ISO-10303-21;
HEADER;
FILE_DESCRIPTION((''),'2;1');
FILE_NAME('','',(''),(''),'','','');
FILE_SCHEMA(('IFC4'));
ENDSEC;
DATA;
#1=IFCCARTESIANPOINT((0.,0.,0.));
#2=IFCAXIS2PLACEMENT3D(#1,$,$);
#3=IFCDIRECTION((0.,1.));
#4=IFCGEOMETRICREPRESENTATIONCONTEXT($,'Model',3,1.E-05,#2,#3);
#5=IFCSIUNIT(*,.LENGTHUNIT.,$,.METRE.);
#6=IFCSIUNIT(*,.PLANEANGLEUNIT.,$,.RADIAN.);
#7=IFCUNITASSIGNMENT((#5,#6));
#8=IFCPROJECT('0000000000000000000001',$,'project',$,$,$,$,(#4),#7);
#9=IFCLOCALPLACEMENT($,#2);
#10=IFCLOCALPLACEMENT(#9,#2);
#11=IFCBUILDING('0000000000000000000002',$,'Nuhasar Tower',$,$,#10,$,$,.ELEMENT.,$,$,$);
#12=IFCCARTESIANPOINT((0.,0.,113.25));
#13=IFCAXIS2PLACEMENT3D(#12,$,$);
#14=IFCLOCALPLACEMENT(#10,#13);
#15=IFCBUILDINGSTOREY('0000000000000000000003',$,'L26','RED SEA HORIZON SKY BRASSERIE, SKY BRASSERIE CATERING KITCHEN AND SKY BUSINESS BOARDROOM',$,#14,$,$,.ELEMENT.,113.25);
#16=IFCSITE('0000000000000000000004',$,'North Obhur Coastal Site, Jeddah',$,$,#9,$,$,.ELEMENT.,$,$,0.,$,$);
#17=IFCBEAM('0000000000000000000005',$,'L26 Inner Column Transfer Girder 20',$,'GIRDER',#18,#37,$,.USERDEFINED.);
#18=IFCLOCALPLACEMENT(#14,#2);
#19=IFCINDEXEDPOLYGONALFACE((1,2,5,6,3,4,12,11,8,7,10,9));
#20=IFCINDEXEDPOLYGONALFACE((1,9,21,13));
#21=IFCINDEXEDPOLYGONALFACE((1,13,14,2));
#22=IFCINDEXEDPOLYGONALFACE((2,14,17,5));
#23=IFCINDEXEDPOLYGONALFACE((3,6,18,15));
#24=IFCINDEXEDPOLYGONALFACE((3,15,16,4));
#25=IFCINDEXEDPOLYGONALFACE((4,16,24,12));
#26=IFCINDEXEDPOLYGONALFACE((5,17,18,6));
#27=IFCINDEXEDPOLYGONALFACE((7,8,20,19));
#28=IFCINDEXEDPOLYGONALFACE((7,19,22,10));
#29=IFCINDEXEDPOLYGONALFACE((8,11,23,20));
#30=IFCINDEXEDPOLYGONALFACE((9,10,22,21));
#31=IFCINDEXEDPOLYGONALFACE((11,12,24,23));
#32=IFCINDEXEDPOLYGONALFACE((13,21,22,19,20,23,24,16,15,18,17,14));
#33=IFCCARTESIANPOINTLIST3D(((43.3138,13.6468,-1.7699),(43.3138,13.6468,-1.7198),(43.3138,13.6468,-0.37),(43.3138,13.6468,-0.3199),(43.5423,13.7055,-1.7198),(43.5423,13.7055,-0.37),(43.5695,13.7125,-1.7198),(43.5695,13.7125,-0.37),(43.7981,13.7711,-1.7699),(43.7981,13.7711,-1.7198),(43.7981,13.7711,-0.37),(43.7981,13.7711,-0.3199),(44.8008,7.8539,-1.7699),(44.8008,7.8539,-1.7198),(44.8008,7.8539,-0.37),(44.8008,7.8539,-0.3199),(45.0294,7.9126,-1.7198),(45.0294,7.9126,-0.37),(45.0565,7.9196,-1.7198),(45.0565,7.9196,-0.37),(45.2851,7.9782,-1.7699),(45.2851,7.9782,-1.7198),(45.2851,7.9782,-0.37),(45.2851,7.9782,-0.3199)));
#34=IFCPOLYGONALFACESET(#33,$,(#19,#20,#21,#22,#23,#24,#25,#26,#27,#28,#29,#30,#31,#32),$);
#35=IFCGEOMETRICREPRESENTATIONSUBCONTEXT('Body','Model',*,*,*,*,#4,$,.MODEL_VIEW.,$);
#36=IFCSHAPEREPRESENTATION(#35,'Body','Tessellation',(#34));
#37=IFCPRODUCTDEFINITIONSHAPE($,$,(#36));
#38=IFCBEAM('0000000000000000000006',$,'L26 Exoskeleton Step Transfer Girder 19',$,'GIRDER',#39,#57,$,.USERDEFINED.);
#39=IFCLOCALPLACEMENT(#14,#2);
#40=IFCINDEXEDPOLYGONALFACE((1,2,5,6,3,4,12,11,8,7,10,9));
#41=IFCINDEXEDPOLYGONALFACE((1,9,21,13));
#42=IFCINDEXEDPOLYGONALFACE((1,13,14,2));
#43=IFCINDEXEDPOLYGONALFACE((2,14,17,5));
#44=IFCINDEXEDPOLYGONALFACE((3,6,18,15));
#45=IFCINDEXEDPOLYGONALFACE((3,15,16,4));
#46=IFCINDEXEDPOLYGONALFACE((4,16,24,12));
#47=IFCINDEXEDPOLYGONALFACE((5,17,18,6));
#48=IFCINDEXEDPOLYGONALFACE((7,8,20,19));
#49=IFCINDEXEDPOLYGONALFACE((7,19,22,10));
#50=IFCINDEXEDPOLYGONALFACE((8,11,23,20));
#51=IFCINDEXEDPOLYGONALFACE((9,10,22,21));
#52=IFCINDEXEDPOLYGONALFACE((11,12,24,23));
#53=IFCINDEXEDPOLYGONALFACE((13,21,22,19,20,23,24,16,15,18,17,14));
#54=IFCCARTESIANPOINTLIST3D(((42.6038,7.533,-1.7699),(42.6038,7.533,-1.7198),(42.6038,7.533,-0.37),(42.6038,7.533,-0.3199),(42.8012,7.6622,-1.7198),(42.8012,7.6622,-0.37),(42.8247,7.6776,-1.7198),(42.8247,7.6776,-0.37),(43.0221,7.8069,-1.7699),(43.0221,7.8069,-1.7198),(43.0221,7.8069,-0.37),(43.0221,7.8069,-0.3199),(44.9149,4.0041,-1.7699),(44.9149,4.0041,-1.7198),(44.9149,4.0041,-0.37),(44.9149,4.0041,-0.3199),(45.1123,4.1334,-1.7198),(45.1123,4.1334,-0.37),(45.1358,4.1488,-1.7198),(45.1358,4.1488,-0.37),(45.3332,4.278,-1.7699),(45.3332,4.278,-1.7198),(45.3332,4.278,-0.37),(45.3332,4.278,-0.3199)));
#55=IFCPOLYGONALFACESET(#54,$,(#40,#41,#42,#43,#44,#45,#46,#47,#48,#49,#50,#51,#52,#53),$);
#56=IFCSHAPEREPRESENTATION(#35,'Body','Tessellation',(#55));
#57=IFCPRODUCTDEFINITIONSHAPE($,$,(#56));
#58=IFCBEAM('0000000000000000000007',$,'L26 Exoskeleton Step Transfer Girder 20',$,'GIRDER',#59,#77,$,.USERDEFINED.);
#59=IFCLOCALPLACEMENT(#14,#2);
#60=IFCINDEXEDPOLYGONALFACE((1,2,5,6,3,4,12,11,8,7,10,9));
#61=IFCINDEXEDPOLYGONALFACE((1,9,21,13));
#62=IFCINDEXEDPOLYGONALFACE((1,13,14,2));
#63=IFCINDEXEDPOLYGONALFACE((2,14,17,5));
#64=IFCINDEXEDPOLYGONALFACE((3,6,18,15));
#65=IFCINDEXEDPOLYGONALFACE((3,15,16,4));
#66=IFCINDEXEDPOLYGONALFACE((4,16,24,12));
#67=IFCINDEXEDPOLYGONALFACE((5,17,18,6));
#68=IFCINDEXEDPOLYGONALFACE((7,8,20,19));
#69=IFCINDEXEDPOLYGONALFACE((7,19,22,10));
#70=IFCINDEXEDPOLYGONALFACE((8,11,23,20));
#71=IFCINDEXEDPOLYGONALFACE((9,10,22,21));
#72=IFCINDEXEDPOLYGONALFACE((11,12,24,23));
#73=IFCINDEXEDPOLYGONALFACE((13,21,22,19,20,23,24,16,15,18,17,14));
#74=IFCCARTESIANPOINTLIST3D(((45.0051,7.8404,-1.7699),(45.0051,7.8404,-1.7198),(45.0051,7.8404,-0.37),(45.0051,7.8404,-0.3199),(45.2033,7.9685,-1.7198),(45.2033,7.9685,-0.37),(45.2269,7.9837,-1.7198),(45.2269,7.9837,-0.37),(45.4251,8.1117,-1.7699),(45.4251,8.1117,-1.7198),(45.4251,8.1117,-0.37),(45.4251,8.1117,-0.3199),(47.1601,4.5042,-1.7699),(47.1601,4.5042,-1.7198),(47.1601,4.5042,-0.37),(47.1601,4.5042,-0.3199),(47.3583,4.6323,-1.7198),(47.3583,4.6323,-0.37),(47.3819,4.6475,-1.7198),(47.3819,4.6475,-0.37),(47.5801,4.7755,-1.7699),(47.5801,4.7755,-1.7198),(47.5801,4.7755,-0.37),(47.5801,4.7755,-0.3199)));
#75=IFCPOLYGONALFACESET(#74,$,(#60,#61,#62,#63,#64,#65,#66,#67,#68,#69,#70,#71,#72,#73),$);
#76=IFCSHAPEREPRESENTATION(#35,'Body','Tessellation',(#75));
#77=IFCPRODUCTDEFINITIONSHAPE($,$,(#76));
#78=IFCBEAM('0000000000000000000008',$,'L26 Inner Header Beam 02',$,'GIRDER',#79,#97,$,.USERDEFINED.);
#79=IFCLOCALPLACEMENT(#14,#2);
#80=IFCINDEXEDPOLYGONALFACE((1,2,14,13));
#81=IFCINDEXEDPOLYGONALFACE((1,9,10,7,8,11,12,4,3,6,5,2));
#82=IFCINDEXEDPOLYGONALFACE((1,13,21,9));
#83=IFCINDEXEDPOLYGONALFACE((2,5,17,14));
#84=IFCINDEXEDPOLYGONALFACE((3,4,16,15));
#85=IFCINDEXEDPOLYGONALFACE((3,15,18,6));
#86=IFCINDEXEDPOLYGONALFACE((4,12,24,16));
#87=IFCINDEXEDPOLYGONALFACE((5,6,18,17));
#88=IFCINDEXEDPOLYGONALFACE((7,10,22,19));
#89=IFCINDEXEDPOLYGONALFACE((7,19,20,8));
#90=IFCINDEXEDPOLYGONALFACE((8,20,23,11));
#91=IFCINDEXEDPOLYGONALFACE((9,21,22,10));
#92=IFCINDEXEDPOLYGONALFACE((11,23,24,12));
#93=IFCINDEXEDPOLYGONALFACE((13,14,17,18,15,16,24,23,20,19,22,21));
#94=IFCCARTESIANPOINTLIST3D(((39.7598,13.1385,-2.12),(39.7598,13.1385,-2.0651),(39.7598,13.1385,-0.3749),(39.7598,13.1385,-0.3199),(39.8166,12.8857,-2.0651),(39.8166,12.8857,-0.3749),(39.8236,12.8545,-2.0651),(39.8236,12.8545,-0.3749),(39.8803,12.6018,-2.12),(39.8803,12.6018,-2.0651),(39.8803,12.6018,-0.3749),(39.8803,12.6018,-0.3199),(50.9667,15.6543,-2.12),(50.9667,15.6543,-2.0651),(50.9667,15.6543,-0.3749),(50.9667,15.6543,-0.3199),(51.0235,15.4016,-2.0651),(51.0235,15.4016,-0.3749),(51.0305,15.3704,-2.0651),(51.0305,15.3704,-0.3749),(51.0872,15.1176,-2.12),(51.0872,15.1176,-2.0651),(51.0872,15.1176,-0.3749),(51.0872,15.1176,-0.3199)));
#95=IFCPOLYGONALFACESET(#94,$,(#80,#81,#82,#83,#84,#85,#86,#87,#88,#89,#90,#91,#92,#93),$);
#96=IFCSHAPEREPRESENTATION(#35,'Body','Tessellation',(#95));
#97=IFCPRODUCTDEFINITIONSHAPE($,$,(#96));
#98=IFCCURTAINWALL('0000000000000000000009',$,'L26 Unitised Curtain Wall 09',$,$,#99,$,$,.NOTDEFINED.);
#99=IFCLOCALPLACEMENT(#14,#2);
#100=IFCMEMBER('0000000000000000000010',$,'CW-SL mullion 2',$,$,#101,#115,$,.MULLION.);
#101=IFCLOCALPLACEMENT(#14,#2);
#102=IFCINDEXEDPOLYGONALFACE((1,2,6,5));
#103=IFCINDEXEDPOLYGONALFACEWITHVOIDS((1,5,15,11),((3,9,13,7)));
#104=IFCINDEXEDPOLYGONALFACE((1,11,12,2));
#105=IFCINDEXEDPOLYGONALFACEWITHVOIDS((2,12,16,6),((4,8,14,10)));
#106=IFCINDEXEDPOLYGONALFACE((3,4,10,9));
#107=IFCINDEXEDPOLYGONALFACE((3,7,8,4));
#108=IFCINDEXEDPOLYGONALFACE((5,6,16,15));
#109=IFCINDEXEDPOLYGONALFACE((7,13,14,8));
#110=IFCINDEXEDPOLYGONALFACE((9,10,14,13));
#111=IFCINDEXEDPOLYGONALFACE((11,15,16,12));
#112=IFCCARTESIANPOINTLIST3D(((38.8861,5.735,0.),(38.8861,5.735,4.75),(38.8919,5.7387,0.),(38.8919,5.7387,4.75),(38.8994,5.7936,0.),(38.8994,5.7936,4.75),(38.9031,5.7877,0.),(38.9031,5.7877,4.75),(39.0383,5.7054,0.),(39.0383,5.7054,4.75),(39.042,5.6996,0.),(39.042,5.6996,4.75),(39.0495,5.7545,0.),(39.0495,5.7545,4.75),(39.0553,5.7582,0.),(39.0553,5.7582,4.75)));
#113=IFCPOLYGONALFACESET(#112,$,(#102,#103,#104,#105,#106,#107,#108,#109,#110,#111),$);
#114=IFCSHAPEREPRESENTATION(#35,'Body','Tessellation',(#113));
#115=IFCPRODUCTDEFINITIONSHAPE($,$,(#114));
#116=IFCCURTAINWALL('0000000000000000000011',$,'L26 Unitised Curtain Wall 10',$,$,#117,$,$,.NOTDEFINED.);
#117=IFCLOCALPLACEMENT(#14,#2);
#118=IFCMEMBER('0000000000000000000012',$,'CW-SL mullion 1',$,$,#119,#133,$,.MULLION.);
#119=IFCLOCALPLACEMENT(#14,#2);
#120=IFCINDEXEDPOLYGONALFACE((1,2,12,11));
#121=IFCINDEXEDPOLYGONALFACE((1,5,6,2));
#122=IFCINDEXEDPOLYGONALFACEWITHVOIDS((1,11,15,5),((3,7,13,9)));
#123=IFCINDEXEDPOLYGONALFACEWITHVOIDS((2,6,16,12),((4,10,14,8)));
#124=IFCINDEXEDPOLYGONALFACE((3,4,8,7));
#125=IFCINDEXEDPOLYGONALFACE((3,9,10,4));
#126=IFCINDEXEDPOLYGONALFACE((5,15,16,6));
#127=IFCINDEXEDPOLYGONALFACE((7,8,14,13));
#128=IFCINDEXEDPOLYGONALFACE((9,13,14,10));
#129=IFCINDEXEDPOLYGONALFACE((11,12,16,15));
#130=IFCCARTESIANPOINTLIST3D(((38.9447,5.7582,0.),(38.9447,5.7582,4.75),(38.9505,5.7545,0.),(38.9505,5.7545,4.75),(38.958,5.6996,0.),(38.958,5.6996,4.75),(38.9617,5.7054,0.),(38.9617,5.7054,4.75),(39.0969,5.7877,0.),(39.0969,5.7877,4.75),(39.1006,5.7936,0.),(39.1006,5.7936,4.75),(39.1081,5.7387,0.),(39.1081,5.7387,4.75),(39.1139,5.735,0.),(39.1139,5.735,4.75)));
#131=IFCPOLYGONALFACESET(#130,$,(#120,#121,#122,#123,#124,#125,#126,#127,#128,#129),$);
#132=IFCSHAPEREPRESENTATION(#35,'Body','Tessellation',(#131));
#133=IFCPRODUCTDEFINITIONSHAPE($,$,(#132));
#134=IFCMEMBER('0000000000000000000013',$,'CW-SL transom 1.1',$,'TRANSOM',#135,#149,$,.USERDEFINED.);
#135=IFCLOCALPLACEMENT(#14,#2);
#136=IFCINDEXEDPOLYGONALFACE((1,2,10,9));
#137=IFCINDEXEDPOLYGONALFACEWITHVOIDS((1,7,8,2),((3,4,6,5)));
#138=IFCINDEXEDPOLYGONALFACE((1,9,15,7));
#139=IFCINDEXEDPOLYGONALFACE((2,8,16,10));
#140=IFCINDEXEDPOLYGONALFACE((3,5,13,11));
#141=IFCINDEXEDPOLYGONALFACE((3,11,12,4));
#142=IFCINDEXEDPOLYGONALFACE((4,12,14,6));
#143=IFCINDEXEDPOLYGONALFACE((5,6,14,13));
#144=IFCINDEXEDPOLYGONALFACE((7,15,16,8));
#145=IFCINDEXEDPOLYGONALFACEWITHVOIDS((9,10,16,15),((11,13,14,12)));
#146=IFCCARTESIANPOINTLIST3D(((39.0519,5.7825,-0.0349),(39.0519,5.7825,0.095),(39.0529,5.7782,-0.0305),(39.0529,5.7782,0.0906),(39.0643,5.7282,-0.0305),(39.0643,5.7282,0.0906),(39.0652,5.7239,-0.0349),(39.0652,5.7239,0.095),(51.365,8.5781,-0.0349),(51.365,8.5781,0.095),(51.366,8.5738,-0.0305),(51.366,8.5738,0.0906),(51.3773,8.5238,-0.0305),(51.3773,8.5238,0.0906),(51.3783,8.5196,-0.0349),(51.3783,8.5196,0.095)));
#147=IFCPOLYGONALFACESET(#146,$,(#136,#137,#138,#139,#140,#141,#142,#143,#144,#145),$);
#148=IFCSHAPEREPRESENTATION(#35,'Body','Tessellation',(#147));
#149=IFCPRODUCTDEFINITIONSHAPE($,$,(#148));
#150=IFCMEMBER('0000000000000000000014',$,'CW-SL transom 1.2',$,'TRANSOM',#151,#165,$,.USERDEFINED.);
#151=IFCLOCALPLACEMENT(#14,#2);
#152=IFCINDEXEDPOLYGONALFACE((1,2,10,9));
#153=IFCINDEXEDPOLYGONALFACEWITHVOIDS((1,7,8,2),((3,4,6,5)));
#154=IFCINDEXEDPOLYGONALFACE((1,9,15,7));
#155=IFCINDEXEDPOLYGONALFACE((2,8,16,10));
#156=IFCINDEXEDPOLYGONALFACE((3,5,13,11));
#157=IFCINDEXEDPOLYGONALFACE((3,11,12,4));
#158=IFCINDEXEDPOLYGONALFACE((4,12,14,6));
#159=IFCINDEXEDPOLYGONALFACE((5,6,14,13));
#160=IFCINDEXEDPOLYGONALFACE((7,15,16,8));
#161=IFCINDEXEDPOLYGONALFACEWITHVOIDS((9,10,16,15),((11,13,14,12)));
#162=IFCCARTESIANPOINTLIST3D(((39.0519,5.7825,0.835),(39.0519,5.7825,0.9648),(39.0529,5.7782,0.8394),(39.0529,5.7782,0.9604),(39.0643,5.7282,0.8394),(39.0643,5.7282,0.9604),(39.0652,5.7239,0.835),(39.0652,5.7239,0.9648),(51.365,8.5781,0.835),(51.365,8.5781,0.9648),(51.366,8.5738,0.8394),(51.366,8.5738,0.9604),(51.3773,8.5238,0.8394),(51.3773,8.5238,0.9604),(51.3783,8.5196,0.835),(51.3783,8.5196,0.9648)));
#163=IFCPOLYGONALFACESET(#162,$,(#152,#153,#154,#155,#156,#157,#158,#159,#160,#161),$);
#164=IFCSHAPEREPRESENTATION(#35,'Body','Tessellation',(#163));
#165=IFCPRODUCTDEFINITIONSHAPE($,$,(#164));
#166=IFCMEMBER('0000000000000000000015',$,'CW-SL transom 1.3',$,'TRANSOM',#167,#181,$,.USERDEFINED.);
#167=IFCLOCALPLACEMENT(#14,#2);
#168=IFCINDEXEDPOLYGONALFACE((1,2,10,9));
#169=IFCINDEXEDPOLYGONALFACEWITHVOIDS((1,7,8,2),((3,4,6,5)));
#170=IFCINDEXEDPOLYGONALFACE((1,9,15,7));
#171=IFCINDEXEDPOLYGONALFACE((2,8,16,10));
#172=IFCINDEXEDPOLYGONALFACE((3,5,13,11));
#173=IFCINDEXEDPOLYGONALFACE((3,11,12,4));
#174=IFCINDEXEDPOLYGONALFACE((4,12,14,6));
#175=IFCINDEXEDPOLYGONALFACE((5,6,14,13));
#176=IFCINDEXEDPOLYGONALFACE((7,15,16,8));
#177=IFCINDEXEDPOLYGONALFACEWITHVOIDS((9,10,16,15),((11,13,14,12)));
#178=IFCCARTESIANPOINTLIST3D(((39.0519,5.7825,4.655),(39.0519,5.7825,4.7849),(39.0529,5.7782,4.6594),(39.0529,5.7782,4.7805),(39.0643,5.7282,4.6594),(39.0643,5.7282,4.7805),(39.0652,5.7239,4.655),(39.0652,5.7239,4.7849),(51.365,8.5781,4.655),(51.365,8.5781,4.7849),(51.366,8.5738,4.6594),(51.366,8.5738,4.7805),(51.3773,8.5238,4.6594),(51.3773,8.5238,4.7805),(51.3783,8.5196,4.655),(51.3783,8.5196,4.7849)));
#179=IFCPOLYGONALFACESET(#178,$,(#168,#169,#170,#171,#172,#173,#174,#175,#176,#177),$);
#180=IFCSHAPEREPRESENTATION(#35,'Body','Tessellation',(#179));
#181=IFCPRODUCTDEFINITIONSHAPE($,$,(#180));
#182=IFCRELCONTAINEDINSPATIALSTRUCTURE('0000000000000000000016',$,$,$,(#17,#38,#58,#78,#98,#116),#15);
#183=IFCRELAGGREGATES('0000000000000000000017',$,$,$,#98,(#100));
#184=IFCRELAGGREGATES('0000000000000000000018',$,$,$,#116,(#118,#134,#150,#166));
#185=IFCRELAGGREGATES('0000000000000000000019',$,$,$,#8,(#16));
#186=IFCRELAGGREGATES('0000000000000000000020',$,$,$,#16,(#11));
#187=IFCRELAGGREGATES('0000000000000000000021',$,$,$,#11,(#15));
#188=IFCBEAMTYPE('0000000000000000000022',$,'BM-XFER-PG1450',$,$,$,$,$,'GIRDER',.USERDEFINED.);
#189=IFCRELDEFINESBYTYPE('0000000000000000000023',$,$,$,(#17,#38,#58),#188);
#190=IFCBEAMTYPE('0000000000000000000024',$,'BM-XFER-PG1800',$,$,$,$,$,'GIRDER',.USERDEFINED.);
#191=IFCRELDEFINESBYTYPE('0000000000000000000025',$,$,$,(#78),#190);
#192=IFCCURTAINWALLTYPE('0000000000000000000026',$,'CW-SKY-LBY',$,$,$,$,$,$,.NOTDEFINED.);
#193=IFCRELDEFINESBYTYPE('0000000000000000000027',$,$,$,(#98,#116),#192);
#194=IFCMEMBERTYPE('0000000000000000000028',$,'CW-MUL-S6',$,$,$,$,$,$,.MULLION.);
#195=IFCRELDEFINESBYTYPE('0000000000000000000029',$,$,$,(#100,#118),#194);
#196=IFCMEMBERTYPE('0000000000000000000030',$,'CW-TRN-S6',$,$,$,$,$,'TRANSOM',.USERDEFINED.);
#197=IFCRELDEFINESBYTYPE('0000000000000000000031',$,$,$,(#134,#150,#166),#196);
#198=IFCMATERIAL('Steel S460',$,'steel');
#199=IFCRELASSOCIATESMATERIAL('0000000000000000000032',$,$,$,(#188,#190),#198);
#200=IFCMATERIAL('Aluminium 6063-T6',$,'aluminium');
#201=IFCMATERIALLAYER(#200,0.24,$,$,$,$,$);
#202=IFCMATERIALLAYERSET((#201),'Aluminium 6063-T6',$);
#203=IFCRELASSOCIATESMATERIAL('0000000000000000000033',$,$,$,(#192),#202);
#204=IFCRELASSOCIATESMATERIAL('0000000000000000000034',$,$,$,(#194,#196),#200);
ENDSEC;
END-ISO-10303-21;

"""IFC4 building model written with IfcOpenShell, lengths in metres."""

from ifc_helpers import new_model, si_unit, direction, frame, origin, origin_2d, place, context, subcontext, project, spatial, hollow_rectangle, i_section, extrude, material, layer, layer_set, material_profile, profile_set, type_object, element, aggregate, save


model = new_model("IFC4")

# Units and contexts
model_context = context("Model", 3, precision=1e-05, world=origin(), true_north=direction((0.0, 1.0)))
body_context = subcontext(model_context, "Body", "Model", "MODEL_VIEW")
ifc_project = project(units=[si_unit("LENGTHUNIT", "METRE"), si_unit("PLANEANGLEUNIT", "RADIAN")], contexts=[model_context])

# Site, building, storey
site_placement = place(None, origin())
site = spatial("IfcSite", under=ifc_project, at=site_placement, Name="North Obhur Coastal Site, Jeddah", CompositionType="ELEMENT", RefElevation=0.0)
building_placement = place(site_placement, origin())
building = spatial("IfcBuilding", under=site, at=building_placement, Name="Nuhasar Tower", CompositionType="ELEMENT")
storey_placement = place(building_placement, frame((0.0, 0.0, 113.25)))
storey = spatial("IfcBuildingStorey", under=building, at=storey_placement, Name="L26", Description="RED SEA HORIZON SKY BRASSERIE, SKY BRASSERIE CATERING KITCHEN AND SKY BUSINESS BOARDROOM", CompositionType="ELEMENT", Elevation=113.25)

# Beams
ifc_material_1 = material(Name="Steel S460", Category="steel")
ifc_material_profile_1 = material_profile(ifc_material_1, i_section(OverallWidth=0.5, OverallDepth=1.45, WebThickness=0.0281, FlangeThickness=0.05, at=origin_2d()), Name="PG1450X500")
ifc_profile_set_1 = profile_set([ifc_material_profile_1], Name="Steel S460")
beam_type_1 = type_object("IfcBeamType", Name="BM-XFER-PG1450", ElementType="GIRDER", PredefinedType="USERDEFINED", material=ifc_profile_set_1)
beam_1_placement = place(storey_placement, frame((43.5559, 13.709, -1.0449), z_axis=(0.24864, -0.968596, 0.0), x_axis=(0.968596, 0.24864, 0.0)))
element("IfcBeam", 1, at=beam_1_placement, inside=storey, type_object=beam_type_1, Name="L26 Inner Column Transfer Girder 20", ObjectType="GIRDER", PredefinedType="USERDEFINED", context=body_context, shape_type="SweptSolid", body=[
    extrude(i_section(OverallWidth=0.5, OverallDepth=1.45, WebThickness=0.0281, FlangeThickness=0.05, at=origin_2d()), origin(), (0.0, 0.0, 1.0), 5.9807),
])
beam_2_placement = place(storey_placement, frame((42.813, 7.6699, -1.0449), z_axis=(0.54787, -0.836564, 0.0), x_axis=(0.836564, 0.54787, 0.0)))
element("IfcBeam", 2, at=beam_2_placement, inside=storey, type_object=beam_type_1, Name="L26 Exoskeleton Step Transfer Girder 19", ObjectType="GIRDER", PredefinedType="USERDEFINED", context=body_context, shape_type="SweptSolid", body=[
    extrude(i_section(OverallWidth=0.5, OverallDepth=1.45, WebThickness=0.0281, FlangeThickness=0.05, at=origin_2d()), origin(), (0.0, 0.0, 1.0), 4.2183),
])
beam_3_placement = place(storey_placement, frame((45.2151, 7.9761, -1.0449), z_axis=(0.542599, -0.839992, 0.0), x_axis=(0.839992, 0.542599, 0.0)))
element("IfcBeam", 3, at=beam_3_placement, inside=storey, type_object=beam_type_1, Name="L26 Exoskeleton Step Transfer Girder 20", ObjectType="GIRDER", PredefinedType="USERDEFINED", context=body_context, shape_type="SweptSolid", body=[
    extrude(i_section(OverallWidth=0.5, OverallDepth=1.45, WebThickness=0.0281, FlangeThickness=0.05, at=origin_2d()), origin(), (0.0, 0.0, 1.0), 3.9717),
])
ifc_material_profile_2 = material_profile(ifc_material_1, i_section(OverallWidth=0.55, OverallDepth=1.8, WebThickness=0.032, FlangeThickness=0.0549, at=origin_2d()), Name="PG1800X550")
ifc_profile_set_2 = profile_set([ifc_material_profile_2], Name="Steel S460")
beam_type_2 = type_object("IfcBeamType", Name="BM-XFER-PG1800", ElementType="GIRDER", PredefinedType="USERDEFINED", material=ifc_profile_set_2)
beam_4_placement = place(storey_placement, frame((39.8201, 12.8701, -1.22), z_axis=(0.975716, 0.219039, 0.0), x_axis=(-0.219039, 0.975716, 0.0)))
element("IfcBeam", 4, at=beam_4_placement, inside=storey, type_object=beam_type_2, Name="L26 Inner Header Beam 02", ObjectType="GIRDER", PredefinedType="USERDEFINED", context=body_context, shape_type="SweptSolid", body=[
    extrude(i_section(OverallWidth=0.55, OverallDepth=1.8, WebThickness=0.032, FlangeThickness=0.0549, at=origin_2d()), origin(), (0.0, 0.0, 1.0), 11.4858),
])

# Curtain wall, member
ifc_material_2 = material(Name="Aluminium 6063-T6", Category="aluminium")
ifc_layer_1 = layer(ifc_material_2, 0.24)
ifc_layer_set_1 = layer_set([ifc_layer_1], Name="Aluminium 6063-T6")
curtain_wall_type = type_object("IfcCurtainWallType", Name="CW-SKY-LBY", PredefinedType="NOTDEFINED", material=ifc_layer_set_1)
curtain_wall_1_placement = place(storey_placement, origin())
curtain_wall_1 = element("IfcCurtainWall", 5, at=curtain_wall_1_placement, inside=storey, type_object=curtain_wall_type, Name="L26 Unitised Curtain Wall 09", PredefinedType="NOTDEFINED")
ifc_material_profile_3 = material_profile(ifc_material_2, hollow_rectangle(XDim=0.0601, YDim=0.1599, WallThickness=0.0049, at=origin_2d()), Name="CWM-6")
ifc_profile_set_3 = profile_set([ifc_material_profile_3], Name="Aluminium 6063-T6")
member_type_1 = type_object("IfcMemberType", Name="CW-MUL-S6", PredefinedType="MULLION", material=ifc_profile_set_3)
member_1_placement = place(storey_placement, frame((38.9707, 5.7466, 0.0), z_axis=(0.0, 0.0, 1.0), x_axis=(0.221397, 0.975184, 0.0)))
member_1 = element("IfcMember", 6, at=member_1_placement, type_object=member_type_1, Name="CW-SL mullion 2", PredefinedType="MULLION", context=body_context, shape_type="SweptSolid", body=[
    extrude(hollow_rectangle(XDim=0.0601, YDim=0.1599, WallThickness=0.0049, at=origin_2d()), origin(), (0.0, 0.0, 1.0), 4.75),
])
aggregate(curtain_wall_1, [member_1])

# Curtain wall, members
curtain_wall_2_placement = place(storey_placement, origin())
curtain_wall_2 = element("IfcCurtainWall", 7, at=curtain_wall_2_placement, inside=storey, type_object=curtain_wall_type, Name="L26 Unitised Curtain Wall 10", PredefinedType="NOTDEFINED")
member_2_placement = place(storey_placement, frame((39.0293, 5.7466, 0.0), z_axis=(0.0, 0.0, 1.0), x_axis=(-0.221397, 0.975184, 0.0)))
member_2 = element("IfcMember", 8, at=member_2_placement, type_object=member_type_1, Name="CW-SL mullion 1", PredefinedType="MULLION", context=body_context, shape_type="SweptSolid", body=[
    extrude(hollow_rectangle(XDim=0.0601, YDim=0.1599, WallThickness=0.0049, at=origin_2d()), origin(), (0.0, 0.0, 1.0), 4.75),
])
ifc_material_profile_4 = material_profile(ifc_material_2, hollow_rectangle(XDim=0.0601, YDim=0.1299, WallThickness=0.0044, at=origin_2d()), Name="CWT-6")
ifc_profile_set_4 = profile_set([ifc_material_profile_4], Name="Aluminium 6063-T6")
member_type_2 = type_object("IfcMemberType", Name="CW-TRN-S6", ElementType="TRANSOM", PredefinedType="USERDEFINED", material=ifc_profile_set_4)
member_3_placement = place(storey_placement, frame((39.0586, 5.7532, 0.03), z_axis=(0.97518, 0.221414, 0.0), x_axis=(-0.221414, 0.97518, 0.0)))
member_3 = element("IfcMember", 9, at=member_3_placement, type_object=member_type_2, Name="CW-SL transom 1.1", ObjectType="TRANSOM", PredefinedType="USERDEFINED", context=body_context, shape_type="SweptSolid", body=[
    extrude(hollow_rectangle(XDim=0.0601, YDim=0.1299, WallThickness=0.0044, at=origin_2d()), origin(), (0.0, 0.0, 1.0), 12.6265),
])
member_4_placement = place(storey_placement, frame((39.0586, 5.7532, 0.8999), z_axis=(0.97518, 0.221414, 0.0), x_axis=(-0.221414, 0.97518, 0.0)))
member_4 = element("IfcMember", 10, at=member_4_placement, type_object=member_type_2, Name="CW-SL transom 1.2", ObjectType="TRANSOM", PredefinedType="USERDEFINED", context=body_context, shape_type="SweptSolid", body=[
    extrude(hollow_rectangle(XDim=0.0601, YDim=0.1299, WallThickness=0.0044, at=origin_2d()), origin(), (0.0, 0.0, 1.0), 12.6265),
])
member_5_placement = place(storey_placement, frame((39.0586, 5.7532, 4.72), z_axis=(0.97518, 0.221414, 0.0), x_axis=(-0.221414, 0.97518, 0.0)))
member_5 = element("IfcMember", 11, at=member_5_placement, type_object=member_type_2, Name="CW-SL transom 1.3", ObjectType="TRANSOM", PredefinedType="USERDEFINED", context=body_context, shape_type="SweptSolid", body=[
    extrude(hollow_rectangle(XDim=0.0601, YDim=0.1299, WallThickness=0.0044, at=origin_2d()), origin(), (0.0, 0.0, 1.0), 12.6265),
])

aggregate(curtain_wall_2, [member_2, member_3, member_4, member_5])

save(model, "model.ifc")
